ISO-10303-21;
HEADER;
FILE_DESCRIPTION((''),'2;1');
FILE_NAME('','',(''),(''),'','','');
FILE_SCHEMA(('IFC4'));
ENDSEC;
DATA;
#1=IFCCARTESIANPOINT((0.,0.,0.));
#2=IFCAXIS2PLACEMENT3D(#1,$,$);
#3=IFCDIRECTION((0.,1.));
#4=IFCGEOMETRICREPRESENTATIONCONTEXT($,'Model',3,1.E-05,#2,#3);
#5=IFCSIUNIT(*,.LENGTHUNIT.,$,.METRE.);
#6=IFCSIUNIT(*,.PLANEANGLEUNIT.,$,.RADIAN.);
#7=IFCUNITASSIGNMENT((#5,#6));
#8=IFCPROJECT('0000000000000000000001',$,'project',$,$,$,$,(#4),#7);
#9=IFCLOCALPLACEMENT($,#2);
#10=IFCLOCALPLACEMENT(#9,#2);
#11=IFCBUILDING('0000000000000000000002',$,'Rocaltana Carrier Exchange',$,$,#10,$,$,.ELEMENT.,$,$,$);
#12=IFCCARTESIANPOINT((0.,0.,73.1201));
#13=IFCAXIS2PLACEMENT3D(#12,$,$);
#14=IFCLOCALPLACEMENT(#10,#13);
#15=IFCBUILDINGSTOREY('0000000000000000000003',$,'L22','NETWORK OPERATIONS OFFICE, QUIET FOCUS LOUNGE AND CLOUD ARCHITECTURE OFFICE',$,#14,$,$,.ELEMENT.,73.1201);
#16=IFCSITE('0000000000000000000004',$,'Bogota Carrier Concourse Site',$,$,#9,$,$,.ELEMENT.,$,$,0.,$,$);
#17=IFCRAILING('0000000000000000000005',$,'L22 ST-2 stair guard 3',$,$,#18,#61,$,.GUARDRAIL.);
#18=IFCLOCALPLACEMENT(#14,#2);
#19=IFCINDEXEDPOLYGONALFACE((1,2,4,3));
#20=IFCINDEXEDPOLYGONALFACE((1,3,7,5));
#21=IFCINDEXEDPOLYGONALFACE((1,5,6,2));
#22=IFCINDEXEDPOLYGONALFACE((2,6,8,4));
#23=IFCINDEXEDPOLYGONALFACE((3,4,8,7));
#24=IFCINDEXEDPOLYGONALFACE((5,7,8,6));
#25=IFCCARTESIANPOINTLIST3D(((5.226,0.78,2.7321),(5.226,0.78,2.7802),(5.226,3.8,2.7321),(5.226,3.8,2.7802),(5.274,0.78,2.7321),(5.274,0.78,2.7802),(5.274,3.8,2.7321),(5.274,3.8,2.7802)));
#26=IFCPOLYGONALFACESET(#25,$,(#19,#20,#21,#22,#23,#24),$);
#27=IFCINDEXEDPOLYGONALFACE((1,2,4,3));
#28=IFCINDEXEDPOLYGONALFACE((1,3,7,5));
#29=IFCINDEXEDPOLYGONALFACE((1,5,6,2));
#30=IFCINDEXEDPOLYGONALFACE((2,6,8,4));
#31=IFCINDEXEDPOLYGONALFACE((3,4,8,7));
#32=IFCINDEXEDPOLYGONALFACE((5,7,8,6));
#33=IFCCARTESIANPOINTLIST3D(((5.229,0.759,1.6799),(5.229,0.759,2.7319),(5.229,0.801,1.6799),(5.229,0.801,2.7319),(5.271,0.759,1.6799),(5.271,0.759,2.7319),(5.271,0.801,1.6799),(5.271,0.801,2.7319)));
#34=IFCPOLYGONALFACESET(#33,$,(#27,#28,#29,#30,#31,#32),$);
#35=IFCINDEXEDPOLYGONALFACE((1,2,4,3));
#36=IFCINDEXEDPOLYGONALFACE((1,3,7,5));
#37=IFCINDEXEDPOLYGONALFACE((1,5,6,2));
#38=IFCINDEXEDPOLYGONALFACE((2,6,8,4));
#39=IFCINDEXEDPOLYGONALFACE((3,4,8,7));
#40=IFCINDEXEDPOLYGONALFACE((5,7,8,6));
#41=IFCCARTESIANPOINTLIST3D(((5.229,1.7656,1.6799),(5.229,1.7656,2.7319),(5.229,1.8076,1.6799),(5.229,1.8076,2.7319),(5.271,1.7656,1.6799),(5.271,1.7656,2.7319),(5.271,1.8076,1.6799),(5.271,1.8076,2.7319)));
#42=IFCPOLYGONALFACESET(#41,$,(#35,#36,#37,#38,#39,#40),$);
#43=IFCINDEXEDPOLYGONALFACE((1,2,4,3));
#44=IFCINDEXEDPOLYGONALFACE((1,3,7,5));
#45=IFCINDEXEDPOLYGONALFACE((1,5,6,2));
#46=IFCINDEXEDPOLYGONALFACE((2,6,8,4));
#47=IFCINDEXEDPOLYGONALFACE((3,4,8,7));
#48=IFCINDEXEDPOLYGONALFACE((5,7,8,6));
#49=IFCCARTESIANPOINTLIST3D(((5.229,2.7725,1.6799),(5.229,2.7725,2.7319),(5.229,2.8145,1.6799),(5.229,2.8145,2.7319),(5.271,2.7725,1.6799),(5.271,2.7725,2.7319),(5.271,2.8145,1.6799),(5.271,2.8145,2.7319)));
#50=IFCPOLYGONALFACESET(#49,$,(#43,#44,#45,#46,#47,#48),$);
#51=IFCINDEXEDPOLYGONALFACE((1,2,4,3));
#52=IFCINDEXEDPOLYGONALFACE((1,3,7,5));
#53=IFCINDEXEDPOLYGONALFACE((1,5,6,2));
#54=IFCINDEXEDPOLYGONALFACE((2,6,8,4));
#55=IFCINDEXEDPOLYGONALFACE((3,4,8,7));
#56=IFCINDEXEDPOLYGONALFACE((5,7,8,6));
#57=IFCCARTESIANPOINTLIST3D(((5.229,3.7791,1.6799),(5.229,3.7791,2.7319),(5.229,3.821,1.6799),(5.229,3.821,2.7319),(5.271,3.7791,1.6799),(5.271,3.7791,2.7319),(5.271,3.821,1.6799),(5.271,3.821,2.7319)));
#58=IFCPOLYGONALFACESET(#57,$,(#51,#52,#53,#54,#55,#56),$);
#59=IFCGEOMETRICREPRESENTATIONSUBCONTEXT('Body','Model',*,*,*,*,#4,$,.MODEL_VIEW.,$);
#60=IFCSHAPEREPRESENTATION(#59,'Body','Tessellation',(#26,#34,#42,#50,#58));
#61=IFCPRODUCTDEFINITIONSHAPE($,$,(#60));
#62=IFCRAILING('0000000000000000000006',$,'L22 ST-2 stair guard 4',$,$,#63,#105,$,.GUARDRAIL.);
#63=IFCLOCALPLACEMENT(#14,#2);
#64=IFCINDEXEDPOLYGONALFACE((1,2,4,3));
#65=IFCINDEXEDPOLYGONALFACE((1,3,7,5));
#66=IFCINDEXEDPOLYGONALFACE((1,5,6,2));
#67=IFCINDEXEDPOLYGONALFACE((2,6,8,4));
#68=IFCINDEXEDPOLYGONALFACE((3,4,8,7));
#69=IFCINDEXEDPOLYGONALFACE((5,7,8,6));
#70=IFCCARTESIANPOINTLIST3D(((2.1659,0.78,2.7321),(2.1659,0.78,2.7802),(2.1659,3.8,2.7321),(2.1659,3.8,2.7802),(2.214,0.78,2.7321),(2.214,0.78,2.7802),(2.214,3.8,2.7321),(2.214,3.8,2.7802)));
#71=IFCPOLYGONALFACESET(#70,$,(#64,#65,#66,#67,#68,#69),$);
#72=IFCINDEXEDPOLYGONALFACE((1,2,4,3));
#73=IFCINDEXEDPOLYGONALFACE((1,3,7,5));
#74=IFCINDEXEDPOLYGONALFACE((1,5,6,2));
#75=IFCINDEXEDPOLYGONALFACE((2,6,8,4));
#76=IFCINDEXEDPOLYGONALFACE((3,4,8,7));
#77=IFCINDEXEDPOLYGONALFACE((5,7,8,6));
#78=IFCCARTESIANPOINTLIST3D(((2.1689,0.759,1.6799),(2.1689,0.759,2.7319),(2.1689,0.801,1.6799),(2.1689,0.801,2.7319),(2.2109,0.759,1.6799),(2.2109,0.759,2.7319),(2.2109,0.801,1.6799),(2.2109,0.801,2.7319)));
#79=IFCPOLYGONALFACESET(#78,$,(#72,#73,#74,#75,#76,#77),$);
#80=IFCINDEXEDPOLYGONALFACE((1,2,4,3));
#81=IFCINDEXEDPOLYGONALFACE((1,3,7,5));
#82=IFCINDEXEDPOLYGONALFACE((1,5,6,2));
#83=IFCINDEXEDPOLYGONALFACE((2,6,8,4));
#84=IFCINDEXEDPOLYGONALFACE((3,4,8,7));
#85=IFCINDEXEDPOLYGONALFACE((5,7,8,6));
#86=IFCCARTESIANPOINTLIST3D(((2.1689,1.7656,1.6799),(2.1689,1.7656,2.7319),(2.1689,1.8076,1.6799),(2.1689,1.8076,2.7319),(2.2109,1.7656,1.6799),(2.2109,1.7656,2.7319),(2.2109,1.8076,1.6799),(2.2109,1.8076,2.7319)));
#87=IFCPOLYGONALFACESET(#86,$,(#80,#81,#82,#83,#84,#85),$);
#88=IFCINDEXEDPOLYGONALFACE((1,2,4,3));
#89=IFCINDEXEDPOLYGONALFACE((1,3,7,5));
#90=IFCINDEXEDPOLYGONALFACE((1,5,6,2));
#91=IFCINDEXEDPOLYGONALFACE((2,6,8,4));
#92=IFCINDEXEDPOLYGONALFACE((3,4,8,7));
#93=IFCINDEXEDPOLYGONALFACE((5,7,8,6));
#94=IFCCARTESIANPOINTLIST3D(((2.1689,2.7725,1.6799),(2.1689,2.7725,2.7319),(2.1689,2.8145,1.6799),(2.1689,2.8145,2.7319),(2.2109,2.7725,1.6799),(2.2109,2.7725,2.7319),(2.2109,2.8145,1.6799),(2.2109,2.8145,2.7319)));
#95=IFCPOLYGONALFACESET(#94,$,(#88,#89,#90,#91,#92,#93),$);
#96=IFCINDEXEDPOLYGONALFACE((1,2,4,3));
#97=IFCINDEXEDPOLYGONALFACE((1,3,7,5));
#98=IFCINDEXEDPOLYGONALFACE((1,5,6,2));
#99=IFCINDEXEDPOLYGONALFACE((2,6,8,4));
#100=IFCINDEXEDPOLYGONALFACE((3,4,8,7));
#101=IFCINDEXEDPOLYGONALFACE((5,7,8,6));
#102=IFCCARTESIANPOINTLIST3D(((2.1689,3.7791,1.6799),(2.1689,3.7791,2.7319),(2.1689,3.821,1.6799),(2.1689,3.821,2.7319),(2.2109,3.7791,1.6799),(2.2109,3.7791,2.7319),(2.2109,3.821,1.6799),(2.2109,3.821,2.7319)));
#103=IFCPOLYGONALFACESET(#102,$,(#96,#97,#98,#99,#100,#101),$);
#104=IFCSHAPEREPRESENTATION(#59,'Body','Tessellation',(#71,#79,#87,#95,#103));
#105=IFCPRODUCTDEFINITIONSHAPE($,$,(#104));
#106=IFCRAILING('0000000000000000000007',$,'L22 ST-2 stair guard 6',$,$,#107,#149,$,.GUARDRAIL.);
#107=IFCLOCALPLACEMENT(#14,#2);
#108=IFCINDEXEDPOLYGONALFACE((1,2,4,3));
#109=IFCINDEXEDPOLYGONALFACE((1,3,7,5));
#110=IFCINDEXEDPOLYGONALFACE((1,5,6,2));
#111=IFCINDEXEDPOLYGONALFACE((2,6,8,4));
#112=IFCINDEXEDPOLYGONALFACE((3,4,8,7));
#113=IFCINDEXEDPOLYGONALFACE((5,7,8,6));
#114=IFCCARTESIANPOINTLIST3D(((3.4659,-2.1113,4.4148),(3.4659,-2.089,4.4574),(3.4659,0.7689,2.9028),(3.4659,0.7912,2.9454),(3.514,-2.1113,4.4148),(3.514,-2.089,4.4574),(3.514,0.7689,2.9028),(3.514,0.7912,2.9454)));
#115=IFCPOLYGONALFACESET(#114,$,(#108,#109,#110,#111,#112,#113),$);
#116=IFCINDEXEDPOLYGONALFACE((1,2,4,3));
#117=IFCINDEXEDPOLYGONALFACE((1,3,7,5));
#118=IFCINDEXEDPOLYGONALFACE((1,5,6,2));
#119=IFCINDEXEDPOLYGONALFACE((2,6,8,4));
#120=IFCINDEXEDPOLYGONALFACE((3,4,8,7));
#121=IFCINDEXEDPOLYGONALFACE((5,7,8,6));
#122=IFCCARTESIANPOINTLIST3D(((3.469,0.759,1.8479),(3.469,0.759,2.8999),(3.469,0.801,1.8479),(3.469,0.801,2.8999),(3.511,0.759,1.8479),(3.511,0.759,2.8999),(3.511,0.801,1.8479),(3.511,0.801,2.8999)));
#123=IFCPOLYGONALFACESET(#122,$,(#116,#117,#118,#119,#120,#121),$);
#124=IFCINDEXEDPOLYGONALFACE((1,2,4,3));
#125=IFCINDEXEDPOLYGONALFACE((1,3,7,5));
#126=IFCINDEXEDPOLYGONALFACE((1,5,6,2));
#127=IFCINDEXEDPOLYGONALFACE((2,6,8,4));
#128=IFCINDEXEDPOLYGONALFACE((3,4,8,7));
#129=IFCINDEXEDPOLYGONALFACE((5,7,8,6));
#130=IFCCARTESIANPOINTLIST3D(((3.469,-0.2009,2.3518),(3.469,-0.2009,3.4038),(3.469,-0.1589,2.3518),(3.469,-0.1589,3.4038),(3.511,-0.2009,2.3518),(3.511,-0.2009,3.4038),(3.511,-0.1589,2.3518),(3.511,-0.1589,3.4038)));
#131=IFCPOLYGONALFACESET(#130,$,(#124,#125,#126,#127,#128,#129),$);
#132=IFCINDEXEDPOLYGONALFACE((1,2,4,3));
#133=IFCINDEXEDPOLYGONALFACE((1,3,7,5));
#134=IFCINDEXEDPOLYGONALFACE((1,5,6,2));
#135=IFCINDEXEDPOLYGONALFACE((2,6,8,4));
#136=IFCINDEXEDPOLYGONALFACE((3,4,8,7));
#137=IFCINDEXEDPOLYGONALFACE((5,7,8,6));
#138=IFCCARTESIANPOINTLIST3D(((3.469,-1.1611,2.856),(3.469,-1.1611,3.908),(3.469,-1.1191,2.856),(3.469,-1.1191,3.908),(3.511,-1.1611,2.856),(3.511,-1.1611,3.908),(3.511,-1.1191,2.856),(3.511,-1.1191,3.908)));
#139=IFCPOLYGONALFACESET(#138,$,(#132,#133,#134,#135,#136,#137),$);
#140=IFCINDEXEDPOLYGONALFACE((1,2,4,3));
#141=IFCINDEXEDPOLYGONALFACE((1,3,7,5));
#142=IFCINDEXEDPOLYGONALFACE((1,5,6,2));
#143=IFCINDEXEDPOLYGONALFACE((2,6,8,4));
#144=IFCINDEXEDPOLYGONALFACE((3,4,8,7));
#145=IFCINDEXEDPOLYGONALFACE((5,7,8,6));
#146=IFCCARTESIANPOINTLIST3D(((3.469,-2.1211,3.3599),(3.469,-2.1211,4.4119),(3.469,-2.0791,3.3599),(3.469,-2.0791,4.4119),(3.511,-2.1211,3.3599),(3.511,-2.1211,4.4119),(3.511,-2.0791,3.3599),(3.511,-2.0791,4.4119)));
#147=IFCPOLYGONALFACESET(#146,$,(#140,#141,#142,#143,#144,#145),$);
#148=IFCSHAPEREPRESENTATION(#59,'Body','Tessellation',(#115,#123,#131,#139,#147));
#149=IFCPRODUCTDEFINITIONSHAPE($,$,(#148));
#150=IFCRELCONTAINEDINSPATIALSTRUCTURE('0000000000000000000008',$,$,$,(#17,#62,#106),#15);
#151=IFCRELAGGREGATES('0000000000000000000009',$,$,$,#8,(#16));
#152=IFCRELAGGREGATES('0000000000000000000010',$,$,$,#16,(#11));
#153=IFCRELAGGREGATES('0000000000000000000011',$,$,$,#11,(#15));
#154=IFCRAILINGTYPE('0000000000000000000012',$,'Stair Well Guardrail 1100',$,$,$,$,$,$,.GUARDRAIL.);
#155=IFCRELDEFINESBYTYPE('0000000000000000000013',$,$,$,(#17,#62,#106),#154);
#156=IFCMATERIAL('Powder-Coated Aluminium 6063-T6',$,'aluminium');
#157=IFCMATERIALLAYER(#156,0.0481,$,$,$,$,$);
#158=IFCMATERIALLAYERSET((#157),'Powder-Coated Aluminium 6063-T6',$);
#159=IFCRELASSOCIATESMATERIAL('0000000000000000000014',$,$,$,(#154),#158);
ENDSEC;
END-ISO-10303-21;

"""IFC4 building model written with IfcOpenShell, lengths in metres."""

from ifc_helpers import new_model, si_unit, direction, frame, origin, origin_2d, place, context, subcontext, project, spatial, rectangle, extrude, material, layer, layer_set, type_object, element, save


model = new_model("IFC4")

# Units and contexts
model_context = context("Model", 3, precision=1e-05, world=origin(), true_north=direction((0.0, 1.0)))
body_context = subcontext(model_context, "Body", "Model", "MODEL_VIEW")
ifc_project = project(units=[si_unit("LENGTHUNIT", "METRE"), si_unit("PLANEANGLEUNIT", "RADIAN")], contexts=[model_context])

# Site, building, storey
site_placement = place(None, origin())
site = spatial("IfcSite", under=ifc_project, at=site_placement, Name="Bogota Carrier Concourse Site", CompositionType="ELEMENT", RefElevation=0.0)
building_placement = place(site_placement, origin())
building = spatial("IfcBuilding", under=site, at=building_placement, Name="Rocaltana Carrier Exchange", CompositionType="ELEMENT")
storey_placement = place(building_placement, frame((0.0, 0.0, 73.1201)))
storey = spatial("IfcBuildingStorey", under=building, at=storey_placement, Name="L22", Description="NETWORK OPERATIONS OFFICE, QUIET FOCUS LOUNGE AND CLOUD ARCHITECTURE OFFICE", CompositionType="ELEMENT", Elevation=73.1201)

# Railings
ifc_material_1 = material(Name="Powder-Coated Aluminium 6063-T6", Category="aluminium")
ifc_layer_1 = layer(ifc_material_1, 0.0481)
ifc_layer_set_1 = layer_set([ifc_layer_1], Name="Powder-Coated Aluminium 6063-T6")
railing_type_1 = type_object("IfcRailingType", Name="Stair Well Guardrail 1100", PredefinedType="GUARDRAIL", material=ifc_layer_set_1)
for number, where, name in (
    (1, (5.25, 0.78, 1.6799), "L22 ST-2 stair guard 3"),
    (2, (2.1899, 0.78, 1.6799), "L22 ST-2 stair guard 4"),
):
    element("IfcRailing", number, at=place(storey_placement, frame(where)), inside=storey, type_object=railing_type_1, Name=name, PredefinedType="GUARDRAIL", context=body_context, shape_type="SweptSolid", body=[
        extrude(rectangle(XDim=0.0481, YDim=0.0481, at=origin_2d()), frame((0.0, 0.0, 1.0762), z_axis=(0.0, 1.0, 0.0), x_axis=(-1.0, 0.0, 0.0)), (0.0, 0.0, 1.0), 3.02),
        extrude(rectangle(XDim=0.042, YDim=0.042, at=origin_2d()), origin(), (0.0, 0.0, 1.0), 1.052),
        extrude(rectangle(XDim=0.042, YDim=0.042, at=origin_2d()), frame((0.0, 1.0066, 0.0)), (0.0, 0.0, 1.0), 1.052),
        extrude(rectangle(XDim=0.042, YDim=0.042, at=origin_2d()), frame((0.0, 2.0134, 0.0)), (0.0, 0.0, 1.0), 1.052),
        extrude(rectangle(XDim=0.042, YDim=0.042, at=origin_2d()), frame((0.0, 3.02, 0.0)), (0.0, 0.0, 1.0), 1.052),
    ])
railing_1_placement = place(storey_placement, frame((3.49, 0.78, 1.8479)))
element("IfcRailing", 3, at=railing_1_placement, inside=storey, type_object=railing_type_1, Name="L22 ST-2 stair guard 6", PredefinedType="GUARDRAIL", context=body_context, shape_type="SweptSolid", body=[
    extrude(rectangle(XDim=0.0481, YDim=0.0481, at=origin_2d()), frame((0.0, 0.0, 1.0762), z_axis=(0.0, -0.885411, 0.464809), x_axis=(1.0, 0.0, 0.0)), (0.0, 0.0, 1.0), 3.2529),
    extrude(rectangle(XDim=0.042, YDim=0.042, at=origin_2d()), origin(), (0.0, 0.0, 1.0), 1.052),
    extrude(rectangle(XDim=0.042, YDim=0.042, at=origin_2d()), frame((0.0, -0.96, 0.5039)), (0.0, 0.0, 1.0), 1.052),
    extrude(rectangle(XDim=0.042, YDim=0.042, at=origin_2d()), frame((0.0, -1.9202, 1.0081)), (0.0, 0.0, 1.0), 1.052),
    extrude(rectangle(XDim=0.042, YDim=0.042, at=origin_2d()), frame((0.0, -2.8801, 1.512)), (0.0, 0.0, 1.0), 1.052),
])

save(model, "model.ifc")
